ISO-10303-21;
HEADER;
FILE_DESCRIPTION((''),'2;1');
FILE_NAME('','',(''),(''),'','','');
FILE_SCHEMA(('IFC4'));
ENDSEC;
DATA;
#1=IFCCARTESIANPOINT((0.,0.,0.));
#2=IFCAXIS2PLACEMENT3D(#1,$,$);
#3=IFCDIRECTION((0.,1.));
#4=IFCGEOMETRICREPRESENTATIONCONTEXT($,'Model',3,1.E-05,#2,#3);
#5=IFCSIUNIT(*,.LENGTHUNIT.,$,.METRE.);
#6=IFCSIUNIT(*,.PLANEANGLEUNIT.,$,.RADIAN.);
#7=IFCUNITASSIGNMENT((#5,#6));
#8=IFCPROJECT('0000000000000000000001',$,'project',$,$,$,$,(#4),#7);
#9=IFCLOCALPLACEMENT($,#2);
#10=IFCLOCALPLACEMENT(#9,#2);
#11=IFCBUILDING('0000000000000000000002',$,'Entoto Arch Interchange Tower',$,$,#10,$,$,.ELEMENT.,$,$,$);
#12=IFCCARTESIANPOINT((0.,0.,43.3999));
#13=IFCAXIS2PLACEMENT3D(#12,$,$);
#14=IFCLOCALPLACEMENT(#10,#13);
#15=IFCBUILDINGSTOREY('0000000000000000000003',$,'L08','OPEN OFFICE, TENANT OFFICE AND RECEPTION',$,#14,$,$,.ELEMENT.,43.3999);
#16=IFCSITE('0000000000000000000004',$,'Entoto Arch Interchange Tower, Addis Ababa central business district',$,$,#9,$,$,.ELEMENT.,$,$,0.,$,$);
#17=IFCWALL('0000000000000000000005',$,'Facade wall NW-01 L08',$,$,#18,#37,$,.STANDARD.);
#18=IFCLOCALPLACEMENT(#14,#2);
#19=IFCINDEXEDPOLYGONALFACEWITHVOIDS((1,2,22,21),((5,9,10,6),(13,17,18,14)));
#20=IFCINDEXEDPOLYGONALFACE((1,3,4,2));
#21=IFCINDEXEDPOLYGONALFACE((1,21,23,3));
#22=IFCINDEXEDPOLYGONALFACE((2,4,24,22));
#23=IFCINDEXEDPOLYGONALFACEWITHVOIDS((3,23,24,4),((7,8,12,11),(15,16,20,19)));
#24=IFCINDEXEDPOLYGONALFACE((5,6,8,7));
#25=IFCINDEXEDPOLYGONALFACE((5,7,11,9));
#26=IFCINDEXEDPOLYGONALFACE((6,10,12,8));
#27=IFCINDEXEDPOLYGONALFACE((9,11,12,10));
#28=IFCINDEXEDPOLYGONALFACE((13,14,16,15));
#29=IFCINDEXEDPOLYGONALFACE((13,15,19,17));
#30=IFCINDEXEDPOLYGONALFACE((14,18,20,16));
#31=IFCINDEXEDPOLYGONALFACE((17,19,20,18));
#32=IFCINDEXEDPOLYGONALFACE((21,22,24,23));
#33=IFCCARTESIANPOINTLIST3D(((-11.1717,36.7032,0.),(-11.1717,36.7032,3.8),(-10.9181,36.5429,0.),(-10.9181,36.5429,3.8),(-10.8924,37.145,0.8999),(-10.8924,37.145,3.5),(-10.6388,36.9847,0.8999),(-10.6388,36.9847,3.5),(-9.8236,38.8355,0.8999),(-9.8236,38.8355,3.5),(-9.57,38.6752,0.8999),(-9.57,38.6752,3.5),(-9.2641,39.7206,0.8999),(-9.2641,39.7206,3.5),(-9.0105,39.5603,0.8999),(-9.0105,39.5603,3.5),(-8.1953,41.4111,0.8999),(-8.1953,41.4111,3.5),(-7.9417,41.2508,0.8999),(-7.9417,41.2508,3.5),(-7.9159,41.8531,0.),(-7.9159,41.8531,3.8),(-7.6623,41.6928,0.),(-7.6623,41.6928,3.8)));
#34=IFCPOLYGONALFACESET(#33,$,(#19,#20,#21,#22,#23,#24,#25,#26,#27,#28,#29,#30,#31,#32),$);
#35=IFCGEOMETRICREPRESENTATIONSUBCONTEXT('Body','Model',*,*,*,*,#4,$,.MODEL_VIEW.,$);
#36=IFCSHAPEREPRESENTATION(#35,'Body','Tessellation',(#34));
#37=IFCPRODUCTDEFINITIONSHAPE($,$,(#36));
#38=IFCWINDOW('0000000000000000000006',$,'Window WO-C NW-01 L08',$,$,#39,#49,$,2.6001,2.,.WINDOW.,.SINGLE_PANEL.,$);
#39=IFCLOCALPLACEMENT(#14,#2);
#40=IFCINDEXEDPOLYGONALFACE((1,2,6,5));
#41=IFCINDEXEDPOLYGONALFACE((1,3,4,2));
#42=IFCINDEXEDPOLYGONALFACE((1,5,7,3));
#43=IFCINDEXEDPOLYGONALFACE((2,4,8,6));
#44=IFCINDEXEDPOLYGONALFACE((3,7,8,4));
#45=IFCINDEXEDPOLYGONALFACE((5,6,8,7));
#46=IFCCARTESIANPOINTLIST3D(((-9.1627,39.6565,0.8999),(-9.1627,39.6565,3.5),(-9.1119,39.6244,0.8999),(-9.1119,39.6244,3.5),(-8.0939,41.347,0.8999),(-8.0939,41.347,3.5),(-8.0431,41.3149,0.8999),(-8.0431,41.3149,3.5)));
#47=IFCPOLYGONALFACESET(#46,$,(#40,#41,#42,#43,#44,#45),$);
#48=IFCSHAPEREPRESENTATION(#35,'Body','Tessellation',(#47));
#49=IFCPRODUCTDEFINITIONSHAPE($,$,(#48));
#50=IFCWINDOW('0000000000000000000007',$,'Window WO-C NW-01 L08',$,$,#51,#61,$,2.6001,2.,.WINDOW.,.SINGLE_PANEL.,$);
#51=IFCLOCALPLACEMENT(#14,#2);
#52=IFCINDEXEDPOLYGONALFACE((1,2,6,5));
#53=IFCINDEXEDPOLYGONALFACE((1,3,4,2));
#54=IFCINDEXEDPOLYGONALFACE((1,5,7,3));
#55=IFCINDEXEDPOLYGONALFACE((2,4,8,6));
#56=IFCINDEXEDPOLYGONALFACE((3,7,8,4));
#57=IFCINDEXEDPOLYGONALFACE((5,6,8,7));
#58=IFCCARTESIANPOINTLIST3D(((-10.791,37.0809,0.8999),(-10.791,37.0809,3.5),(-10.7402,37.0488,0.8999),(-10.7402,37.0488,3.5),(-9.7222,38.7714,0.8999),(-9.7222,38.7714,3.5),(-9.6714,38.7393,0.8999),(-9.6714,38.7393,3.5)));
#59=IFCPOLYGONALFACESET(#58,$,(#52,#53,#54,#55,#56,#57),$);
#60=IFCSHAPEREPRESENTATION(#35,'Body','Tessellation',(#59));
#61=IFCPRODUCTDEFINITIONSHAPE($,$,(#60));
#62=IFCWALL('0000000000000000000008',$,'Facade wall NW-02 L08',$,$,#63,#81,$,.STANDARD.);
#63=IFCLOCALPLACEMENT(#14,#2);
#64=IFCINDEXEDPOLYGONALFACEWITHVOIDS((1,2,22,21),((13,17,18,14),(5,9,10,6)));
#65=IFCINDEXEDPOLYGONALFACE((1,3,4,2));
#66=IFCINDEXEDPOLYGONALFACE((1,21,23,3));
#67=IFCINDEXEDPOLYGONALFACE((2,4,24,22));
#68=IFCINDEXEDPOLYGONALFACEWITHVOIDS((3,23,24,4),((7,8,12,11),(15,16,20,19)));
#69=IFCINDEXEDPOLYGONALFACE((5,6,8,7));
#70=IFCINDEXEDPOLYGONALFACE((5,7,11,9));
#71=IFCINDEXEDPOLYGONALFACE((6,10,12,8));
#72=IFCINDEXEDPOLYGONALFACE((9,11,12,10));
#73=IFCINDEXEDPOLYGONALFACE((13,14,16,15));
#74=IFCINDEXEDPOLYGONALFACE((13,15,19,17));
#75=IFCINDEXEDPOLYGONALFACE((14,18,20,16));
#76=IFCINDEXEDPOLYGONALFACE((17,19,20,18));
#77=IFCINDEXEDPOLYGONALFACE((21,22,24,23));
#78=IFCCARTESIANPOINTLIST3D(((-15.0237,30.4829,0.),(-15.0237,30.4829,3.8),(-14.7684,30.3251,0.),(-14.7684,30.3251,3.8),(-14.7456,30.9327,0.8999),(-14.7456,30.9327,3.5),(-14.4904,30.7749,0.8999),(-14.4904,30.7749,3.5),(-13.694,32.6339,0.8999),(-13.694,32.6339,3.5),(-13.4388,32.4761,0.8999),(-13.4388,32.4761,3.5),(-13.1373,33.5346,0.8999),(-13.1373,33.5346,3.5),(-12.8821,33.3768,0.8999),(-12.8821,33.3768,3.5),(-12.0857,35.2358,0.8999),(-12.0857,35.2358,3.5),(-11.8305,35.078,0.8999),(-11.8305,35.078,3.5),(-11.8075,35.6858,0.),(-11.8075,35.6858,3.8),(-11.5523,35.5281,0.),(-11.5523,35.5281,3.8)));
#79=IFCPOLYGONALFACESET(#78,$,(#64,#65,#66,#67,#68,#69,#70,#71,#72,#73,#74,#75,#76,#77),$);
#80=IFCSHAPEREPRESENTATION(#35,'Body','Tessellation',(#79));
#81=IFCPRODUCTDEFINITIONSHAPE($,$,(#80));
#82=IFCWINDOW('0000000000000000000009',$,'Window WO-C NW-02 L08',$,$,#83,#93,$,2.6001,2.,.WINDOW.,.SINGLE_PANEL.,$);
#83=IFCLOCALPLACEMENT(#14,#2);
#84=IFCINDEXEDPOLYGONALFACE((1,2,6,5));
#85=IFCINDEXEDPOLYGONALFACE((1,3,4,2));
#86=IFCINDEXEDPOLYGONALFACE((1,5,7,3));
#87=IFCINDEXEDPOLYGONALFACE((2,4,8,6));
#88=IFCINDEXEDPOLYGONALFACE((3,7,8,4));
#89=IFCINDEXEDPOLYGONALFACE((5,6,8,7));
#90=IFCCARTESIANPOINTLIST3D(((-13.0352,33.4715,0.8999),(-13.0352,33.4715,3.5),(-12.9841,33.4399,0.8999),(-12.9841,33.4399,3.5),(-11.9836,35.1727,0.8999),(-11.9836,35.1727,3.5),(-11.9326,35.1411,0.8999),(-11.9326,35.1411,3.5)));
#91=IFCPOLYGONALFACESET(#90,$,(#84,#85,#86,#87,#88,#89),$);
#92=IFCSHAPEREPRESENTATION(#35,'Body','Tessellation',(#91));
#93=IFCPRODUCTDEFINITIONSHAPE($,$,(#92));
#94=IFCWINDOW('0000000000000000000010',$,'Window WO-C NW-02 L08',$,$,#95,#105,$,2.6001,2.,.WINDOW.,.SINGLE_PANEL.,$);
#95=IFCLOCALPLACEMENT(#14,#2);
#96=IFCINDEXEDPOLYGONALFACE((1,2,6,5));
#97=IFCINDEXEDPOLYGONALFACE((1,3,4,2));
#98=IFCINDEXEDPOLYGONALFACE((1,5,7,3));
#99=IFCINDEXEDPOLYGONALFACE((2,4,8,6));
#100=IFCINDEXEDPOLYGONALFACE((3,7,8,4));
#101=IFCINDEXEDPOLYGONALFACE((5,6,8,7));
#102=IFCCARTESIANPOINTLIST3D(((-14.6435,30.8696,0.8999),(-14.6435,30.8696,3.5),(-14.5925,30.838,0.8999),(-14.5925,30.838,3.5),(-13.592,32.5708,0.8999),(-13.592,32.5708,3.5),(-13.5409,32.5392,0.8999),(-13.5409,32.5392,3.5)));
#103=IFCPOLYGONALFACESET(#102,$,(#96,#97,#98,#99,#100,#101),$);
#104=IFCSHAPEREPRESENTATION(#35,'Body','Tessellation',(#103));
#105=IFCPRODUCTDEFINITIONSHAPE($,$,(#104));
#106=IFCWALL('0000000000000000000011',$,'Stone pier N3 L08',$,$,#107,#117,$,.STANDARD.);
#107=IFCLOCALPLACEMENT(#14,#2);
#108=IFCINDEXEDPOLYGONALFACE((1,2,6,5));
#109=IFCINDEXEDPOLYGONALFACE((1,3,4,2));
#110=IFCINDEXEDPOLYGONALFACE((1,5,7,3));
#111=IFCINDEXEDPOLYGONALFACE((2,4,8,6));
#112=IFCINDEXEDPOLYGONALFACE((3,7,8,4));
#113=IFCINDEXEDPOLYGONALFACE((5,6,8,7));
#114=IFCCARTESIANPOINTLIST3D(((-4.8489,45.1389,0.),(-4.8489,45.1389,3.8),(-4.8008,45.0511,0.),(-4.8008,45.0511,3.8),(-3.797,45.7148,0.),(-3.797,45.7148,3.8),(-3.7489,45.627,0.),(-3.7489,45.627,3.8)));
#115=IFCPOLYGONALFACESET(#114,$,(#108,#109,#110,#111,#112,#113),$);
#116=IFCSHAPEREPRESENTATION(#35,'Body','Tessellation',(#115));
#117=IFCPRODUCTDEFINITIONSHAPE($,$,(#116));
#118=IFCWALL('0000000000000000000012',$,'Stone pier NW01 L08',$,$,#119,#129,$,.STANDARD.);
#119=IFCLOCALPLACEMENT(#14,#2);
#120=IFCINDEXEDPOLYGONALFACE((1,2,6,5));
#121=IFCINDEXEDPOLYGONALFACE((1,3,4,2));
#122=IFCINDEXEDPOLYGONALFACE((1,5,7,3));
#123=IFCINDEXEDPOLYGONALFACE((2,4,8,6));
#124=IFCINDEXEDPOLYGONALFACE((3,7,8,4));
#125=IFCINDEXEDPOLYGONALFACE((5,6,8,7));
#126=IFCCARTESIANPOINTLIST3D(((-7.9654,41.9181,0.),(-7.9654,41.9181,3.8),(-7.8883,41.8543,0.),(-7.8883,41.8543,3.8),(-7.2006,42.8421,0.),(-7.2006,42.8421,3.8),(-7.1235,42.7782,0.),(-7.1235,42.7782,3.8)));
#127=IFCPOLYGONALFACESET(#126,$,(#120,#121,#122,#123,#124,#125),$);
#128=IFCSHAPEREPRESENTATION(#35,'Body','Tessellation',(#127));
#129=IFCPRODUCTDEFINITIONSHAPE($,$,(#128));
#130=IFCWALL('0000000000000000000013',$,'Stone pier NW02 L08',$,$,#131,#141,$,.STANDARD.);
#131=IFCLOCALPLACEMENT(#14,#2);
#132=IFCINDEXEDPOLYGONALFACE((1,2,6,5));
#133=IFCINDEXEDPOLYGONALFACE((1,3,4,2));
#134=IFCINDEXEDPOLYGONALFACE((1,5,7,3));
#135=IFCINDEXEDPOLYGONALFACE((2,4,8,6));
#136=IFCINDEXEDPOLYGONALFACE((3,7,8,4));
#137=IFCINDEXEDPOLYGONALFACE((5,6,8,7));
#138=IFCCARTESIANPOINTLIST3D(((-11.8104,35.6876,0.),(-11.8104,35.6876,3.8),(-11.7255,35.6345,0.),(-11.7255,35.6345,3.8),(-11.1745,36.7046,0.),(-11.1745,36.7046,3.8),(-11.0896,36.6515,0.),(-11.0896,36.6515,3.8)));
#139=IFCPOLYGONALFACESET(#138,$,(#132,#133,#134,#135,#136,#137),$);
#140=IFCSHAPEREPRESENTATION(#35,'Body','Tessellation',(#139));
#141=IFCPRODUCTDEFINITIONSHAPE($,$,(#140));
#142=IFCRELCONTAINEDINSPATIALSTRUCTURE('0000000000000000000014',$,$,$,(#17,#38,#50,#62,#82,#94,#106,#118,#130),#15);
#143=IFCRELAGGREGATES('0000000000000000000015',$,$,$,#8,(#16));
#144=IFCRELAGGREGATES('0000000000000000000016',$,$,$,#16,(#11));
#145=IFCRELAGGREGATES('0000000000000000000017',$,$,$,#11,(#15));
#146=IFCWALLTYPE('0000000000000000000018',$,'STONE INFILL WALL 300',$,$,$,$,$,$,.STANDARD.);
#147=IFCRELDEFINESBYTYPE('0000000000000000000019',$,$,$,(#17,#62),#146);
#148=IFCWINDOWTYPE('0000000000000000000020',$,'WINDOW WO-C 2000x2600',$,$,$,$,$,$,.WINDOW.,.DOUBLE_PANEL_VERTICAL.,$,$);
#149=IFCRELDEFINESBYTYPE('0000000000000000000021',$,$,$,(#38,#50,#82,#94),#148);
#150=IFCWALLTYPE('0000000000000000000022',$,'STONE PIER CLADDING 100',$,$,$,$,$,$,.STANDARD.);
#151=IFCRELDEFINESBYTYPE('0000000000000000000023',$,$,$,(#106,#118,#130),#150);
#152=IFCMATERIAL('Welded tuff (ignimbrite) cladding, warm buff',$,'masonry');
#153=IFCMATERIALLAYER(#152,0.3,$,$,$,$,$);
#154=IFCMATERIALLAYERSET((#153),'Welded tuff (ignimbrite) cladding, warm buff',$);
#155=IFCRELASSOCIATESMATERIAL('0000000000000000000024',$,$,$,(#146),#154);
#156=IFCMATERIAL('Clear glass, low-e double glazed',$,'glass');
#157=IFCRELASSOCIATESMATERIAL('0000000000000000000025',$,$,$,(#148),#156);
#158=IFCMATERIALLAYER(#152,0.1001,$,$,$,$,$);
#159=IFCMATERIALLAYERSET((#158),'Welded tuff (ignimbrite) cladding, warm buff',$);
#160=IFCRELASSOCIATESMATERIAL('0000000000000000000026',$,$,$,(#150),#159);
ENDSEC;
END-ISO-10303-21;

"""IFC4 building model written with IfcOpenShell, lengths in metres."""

from ifc_helpers import new_model, si_unit, direction, frame, frame_2d, origin, place, context, subcontext, project, spatial, rectangle, extrude, material, layer, layer_set, type_object, element, fill, save


model = new_model("IFC4")

# Units and contexts
model_context = context("Model", 3, precision=1e-05, world=origin(), true_north=direction((0.0, 1.0)))
body_context = subcontext(model_context, "Body", "Model", "MODEL_VIEW")
ifc_project = project(units=[si_unit("LENGTHUNIT", "METRE"), si_unit("PLANEANGLEUNIT", "RADIAN")], contexts=[model_context])

# Site, building, storey
site_placement = place(None, origin())
site = spatial("IfcSite", under=ifc_project, at=site_placement, Name="Entoto Arch Interchange Tower, Addis Ababa central business district", CompositionType="ELEMENT", RefElevation=0.0)
building_placement = place(site_placement, origin())
building = spatial("IfcBuilding", under=site, at=building_placement, Name="Entoto Arch Interchange Tower", CompositionType="ELEMENT")
storey_placement = place(building_placement, frame((0.0, 0.0, 43.3999)))
storey = spatial("IfcBuildingStorey", under=building, at=storey_placement, Name="L08", Description="OPEN OFFICE, TENANT OFFICE AND RECEPTION", CompositionType="ELEMENT", Elevation=43.3999)

# Shared definitions
ifc_material_1 = material(Name="Welded tuff (ignimbrite) cladding, warm buff", Category="masonry")
ifc_layer_1 = layer(ifc_material_1, 0.3)
ifc_layer_set_1 = layer_set([ifc_layer_1], Name="Welded tuff (ignimbrite) cladding, warm buff")
wall_type_1 = type_object("IfcWallType", Name="STONE INFILL WALL 300", PredefinedType="STANDARD", material=ifc_layer_set_1)
ifc_material_2 = material(Name="Clear glass, low-e double glazed", Category="glass")

# Walls, openings, windows
wall_1_placement = place(storey_placement, frame((-7.7891, 41.7729, 0.0), z_axis=(0.0, 0.0, 1.0), x_axis=(-0.534379, -0.845245, 0.0)))
wall_1 = element("IfcWall", 1, at=wall_1_placement, inside=storey, type_object=wall_type_1, Name="Facade wall NW-01 L08", PredefinedType="STANDARD", context=body_context, shape_type="SweptSolid", body=[
    extrude(rectangle(XDim=6.0928, YDim=0.3, at=frame_2d((3.0464, 0.0))), origin(), (0.0, 0.0, 1.0), 3.8),
])
opening_1_placement = place(wall_1_placement, frame((0.5229, 0.0, 0.8999)))
opening_1 = element("IfcOpeningElement", 2, at=opening_1_placement, cuts=wall_1, PredefinedType="OPENING", context=body_context, shape_type="SweptSolid", body=[
    extrude(rectangle(XDim=2.0, YDim=2.6001, at=frame_2d((1.0, 1.3))), frame((0.0, 0.1602, 0.0), z_axis=(0.0, -1.0, 0.0), x_axis=(1.0, 0.0, 0.0)), (0.0, 0.0, 1.0), 0.3201),
])
opening_2_placement = place(wall_1_placement, frame((3.5701, 0.0, 0.8999)))
opening_2 = element("IfcOpeningElement", 3, at=opening_2_placement, cuts=wall_1, PredefinedType="OPENING", context=body_context, shape_type="SweptSolid", body=[
    extrude(rectangle(XDim=2.0, YDim=2.6001, at=frame_2d((1.0, 1.3))), frame((0.0, 0.1602, 0.0), z_axis=(0.0, -1.0, 0.0), x_axis=(1.0, 0.0, 0.0)), (0.0, 0.0, 1.0), 0.3201),
])
window_type_1 = type_object("IfcWindowType", Name="WINDOW WO-C 2000x2600", PartitioningType="DOUBLE_PANEL_VERTICAL", PredefinedType="WINDOW", material=ifc_material_2)
window_1_placement = place(opening_1_placement, origin())
window_1 = element("IfcWindow", 4, at=window_1_placement, inside=storey, type_object=window_type_1, Name="Window WO-C NW-01 L08", OverallHeight=2.6001, OverallWidth=2.0, PartitioningType="SINGLE_PANEL", PredefinedType="WINDOW", context=body_context, shape_type="SweptSolid", body=[
    extrude(rectangle(XDim=2.0, YDim=2.6001, at=frame_2d((1.0, 1.3))), frame((0.0, 0.03, 0.0), z_axis=(0.0, -1.0, 0.0), x_axis=(1.0, 0.0, 0.0)), (0.0, 0.0, 1.0), 0.0601),
])
fill(opening_1, window_1)
window_2_placement = place(opening_2_placement, origin())
window_2 = element("IfcWindow", 5, at=window_2_placement, inside=storey, type_object=window_type_1, Name="Window WO-C NW-01 L08", OverallHeight=2.6001, OverallWidth=2.0, PartitioningType="SINGLE_PANEL", PredefinedType="WINDOW", context=body_context, shape_type="SweptSolid", body=[
    extrude(rectangle(XDim=2.0, YDim=2.6001, at=frame_2d((1.0, 1.3))), frame((0.0, 0.03, 0.0), z_axis=(0.0, -1.0, 0.0), x_axis=(1.0, 0.0, 0.0)), (0.0, 0.0, 1.0), 0.0601),
])
fill(opening_2, window_2)
wall_2_placement = place(storey_placement, frame((-11.6799, 35.6069, 0.0), z_axis=(0.0, 0.0, 1.0), x_axis=(-0.525791, -0.850614, 0.0)))
wall_2 = element("IfcWall", 6, at=wall_2_placement, inside=storey, type_object=wall_type_1, Name="Facade wall NW-02 L08", PredefinedType="STANDARD", context=body_context, shape_type="SweptSolid", body=[
    extrude(rectangle(XDim=6.1167, YDim=0.3, at=frame_2d((3.0583, 0.0))), origin(), (0.0, 0.0, 1.0), 3.8),
])
opening_3_placement = place(wall_2_placement, frame((0.5291, 0.0, 0.8999)))
opening_3 = element("IfcOpeningElement", 7, at=opening_3_placement, cuts=wall_2, PredefinedType="OPENING", context=body_context, shape_type="SweptSolid", body=[
    extrude(rectangle(XDim=2.0, YDim=2.6001, at=frame_2d((1.0, 1.3))), frame((0.0, 0.1602, 0.0), z_axis=(0.0, -1.0, 0.0), x_axis=(1.0, 0.0, 0.0)), (0.0, 0.0, 1.0), 0.3201),
])
opening_4_placement = place(wall_2_placement, frame((3.5879, 0.0, 0.8999)))
opening_4 = element("IfcOpeningElement", 8, at=opening_4_placement, cuts=wall_2, PredefinedType="OPENING", context=body_context, shape_type="SweptSolid", body=[
    extrude(rectangle(XDim=2.0, YDim=2.6001, at=frame_2d((1.0, 1.3))), frame((0.0, 0.1602, 0.0), z_axis=(0.0, -1.0, 0.0), x_axis=(1.0, 0.0, 0.0)), (0.0, 0.0, 1.0), 0.3201),
])
window_3_placement = place(opening_3_placement, origin())
window_3 = element("IfcWindow", 9, at=window_3_placement, inside=storey, type_object=window_type_1, Name="Window WO-C NW-02 L08", OverallHeight=2.6001, OverallWidth=2.0, PartitioningType="SINGLE_PANEL", PredefinedType="WINDOW", context=body_context, shape_type="SweptSolid", body=[
    extrude(rectangle(XDim=2.0, YDim=2.6001, at=frame_2d((1.0, 1.3))), frame((0.0, 0.03, 0.0), z_axis=(0.0, -1.0, 0.0), x_axis=(1.0, 0.0, 0.0)), (0.0, 0.0, 1.0), 0.0601),
])
fill(opening_3, window_3)
window_4_placement = place(opening_4_placement, origin())
window_4 = element("IfcWindow", 10, at=window_4_placement, inside=storey, type_object=window_type_1, Name="Window WO-C NW-02 L08", OverallHeight=2.6001, OverallWidth=2.0, PartitioningType="SINGLE_PANEL", PredefinedType="WINDOW", context=body_context, shape_type="SweptSolid", body=[
    extrude(rectangle(XDim=2.0, YDim=2.6001, at=frame_2d((1.0, 1.3))), frame((0.0, 0.03, 0.0), z_axis=(0.0, -1.0, 0.0), x_axis=(1.0, 0.0, 0.0)), (0.0, 0.0, 1.0), 0.0601),
])
fill(opening_4, window_4)

# Walls
ifc_layer_2 = layer(ifc_material_1, 0.1001)
ifc_layer_set_2 = layer_set([ifc_layer_2], Name="Welded tuff (ignimbrite) cladding, warm buff")
wall_type_2 = type_object("IfcWallType", Name="STONE PIER CLADDING 100", PredefinedType="STANDARD", material=ifc_layer_set_2)
wall_3_placement = place(storey_placement, frame((-3.7729, 45.6709, 0.0), z_axis=(0.0, 0.0, 1.0), x_axis=(-0.877155, -0.480206, 0.0)))
element("IfcWall", 11, at=wall_3_placement, inside=storey, type_object=wall_type_2, Name="Stone pier N3 L08", PredefinedType="STANDARD", context=body_context, shape_type="SweptSolid", body=[
    extrude(rectangle(XDim=1.1992, YDim=0.1001, at=frame_2d((0.5996, 0.0))), origin(), (0.0, 0.0, 1.0), 3.8),
])
for number, where, z_axis, x_axis, name in (
    (12, (-7.1621, 42.8101, 0.0), (0.0, 0.0, 1.0), (-0.637639, -0.770336, 0.0), "Stone pier NW01 L08"),
    (13, (-11.1321, 36.678, 0.0), (0.0, 0.0, 1.0), (-0.530182, -0.847884, 0.0), "Stone pier NW02 L08"),
):
    element("IfcWall", number, at=place(storey_placement, frame(where, z_axis=z_axis, x_axis=x_axis)), inside=storey, type_object=wall_type_2, Name=name, PredefinedType="STANDARD", context=body_context, shape_type="SweptSolid", body=[
        extrude(rectangle(XDim=1.1995, YDim=0.1001, at=frame_2d((0.5996, 0.0))), origin(), (0.0, 0.0, 1.0), 3.8),
    ])

save(model, "model.ifc")
